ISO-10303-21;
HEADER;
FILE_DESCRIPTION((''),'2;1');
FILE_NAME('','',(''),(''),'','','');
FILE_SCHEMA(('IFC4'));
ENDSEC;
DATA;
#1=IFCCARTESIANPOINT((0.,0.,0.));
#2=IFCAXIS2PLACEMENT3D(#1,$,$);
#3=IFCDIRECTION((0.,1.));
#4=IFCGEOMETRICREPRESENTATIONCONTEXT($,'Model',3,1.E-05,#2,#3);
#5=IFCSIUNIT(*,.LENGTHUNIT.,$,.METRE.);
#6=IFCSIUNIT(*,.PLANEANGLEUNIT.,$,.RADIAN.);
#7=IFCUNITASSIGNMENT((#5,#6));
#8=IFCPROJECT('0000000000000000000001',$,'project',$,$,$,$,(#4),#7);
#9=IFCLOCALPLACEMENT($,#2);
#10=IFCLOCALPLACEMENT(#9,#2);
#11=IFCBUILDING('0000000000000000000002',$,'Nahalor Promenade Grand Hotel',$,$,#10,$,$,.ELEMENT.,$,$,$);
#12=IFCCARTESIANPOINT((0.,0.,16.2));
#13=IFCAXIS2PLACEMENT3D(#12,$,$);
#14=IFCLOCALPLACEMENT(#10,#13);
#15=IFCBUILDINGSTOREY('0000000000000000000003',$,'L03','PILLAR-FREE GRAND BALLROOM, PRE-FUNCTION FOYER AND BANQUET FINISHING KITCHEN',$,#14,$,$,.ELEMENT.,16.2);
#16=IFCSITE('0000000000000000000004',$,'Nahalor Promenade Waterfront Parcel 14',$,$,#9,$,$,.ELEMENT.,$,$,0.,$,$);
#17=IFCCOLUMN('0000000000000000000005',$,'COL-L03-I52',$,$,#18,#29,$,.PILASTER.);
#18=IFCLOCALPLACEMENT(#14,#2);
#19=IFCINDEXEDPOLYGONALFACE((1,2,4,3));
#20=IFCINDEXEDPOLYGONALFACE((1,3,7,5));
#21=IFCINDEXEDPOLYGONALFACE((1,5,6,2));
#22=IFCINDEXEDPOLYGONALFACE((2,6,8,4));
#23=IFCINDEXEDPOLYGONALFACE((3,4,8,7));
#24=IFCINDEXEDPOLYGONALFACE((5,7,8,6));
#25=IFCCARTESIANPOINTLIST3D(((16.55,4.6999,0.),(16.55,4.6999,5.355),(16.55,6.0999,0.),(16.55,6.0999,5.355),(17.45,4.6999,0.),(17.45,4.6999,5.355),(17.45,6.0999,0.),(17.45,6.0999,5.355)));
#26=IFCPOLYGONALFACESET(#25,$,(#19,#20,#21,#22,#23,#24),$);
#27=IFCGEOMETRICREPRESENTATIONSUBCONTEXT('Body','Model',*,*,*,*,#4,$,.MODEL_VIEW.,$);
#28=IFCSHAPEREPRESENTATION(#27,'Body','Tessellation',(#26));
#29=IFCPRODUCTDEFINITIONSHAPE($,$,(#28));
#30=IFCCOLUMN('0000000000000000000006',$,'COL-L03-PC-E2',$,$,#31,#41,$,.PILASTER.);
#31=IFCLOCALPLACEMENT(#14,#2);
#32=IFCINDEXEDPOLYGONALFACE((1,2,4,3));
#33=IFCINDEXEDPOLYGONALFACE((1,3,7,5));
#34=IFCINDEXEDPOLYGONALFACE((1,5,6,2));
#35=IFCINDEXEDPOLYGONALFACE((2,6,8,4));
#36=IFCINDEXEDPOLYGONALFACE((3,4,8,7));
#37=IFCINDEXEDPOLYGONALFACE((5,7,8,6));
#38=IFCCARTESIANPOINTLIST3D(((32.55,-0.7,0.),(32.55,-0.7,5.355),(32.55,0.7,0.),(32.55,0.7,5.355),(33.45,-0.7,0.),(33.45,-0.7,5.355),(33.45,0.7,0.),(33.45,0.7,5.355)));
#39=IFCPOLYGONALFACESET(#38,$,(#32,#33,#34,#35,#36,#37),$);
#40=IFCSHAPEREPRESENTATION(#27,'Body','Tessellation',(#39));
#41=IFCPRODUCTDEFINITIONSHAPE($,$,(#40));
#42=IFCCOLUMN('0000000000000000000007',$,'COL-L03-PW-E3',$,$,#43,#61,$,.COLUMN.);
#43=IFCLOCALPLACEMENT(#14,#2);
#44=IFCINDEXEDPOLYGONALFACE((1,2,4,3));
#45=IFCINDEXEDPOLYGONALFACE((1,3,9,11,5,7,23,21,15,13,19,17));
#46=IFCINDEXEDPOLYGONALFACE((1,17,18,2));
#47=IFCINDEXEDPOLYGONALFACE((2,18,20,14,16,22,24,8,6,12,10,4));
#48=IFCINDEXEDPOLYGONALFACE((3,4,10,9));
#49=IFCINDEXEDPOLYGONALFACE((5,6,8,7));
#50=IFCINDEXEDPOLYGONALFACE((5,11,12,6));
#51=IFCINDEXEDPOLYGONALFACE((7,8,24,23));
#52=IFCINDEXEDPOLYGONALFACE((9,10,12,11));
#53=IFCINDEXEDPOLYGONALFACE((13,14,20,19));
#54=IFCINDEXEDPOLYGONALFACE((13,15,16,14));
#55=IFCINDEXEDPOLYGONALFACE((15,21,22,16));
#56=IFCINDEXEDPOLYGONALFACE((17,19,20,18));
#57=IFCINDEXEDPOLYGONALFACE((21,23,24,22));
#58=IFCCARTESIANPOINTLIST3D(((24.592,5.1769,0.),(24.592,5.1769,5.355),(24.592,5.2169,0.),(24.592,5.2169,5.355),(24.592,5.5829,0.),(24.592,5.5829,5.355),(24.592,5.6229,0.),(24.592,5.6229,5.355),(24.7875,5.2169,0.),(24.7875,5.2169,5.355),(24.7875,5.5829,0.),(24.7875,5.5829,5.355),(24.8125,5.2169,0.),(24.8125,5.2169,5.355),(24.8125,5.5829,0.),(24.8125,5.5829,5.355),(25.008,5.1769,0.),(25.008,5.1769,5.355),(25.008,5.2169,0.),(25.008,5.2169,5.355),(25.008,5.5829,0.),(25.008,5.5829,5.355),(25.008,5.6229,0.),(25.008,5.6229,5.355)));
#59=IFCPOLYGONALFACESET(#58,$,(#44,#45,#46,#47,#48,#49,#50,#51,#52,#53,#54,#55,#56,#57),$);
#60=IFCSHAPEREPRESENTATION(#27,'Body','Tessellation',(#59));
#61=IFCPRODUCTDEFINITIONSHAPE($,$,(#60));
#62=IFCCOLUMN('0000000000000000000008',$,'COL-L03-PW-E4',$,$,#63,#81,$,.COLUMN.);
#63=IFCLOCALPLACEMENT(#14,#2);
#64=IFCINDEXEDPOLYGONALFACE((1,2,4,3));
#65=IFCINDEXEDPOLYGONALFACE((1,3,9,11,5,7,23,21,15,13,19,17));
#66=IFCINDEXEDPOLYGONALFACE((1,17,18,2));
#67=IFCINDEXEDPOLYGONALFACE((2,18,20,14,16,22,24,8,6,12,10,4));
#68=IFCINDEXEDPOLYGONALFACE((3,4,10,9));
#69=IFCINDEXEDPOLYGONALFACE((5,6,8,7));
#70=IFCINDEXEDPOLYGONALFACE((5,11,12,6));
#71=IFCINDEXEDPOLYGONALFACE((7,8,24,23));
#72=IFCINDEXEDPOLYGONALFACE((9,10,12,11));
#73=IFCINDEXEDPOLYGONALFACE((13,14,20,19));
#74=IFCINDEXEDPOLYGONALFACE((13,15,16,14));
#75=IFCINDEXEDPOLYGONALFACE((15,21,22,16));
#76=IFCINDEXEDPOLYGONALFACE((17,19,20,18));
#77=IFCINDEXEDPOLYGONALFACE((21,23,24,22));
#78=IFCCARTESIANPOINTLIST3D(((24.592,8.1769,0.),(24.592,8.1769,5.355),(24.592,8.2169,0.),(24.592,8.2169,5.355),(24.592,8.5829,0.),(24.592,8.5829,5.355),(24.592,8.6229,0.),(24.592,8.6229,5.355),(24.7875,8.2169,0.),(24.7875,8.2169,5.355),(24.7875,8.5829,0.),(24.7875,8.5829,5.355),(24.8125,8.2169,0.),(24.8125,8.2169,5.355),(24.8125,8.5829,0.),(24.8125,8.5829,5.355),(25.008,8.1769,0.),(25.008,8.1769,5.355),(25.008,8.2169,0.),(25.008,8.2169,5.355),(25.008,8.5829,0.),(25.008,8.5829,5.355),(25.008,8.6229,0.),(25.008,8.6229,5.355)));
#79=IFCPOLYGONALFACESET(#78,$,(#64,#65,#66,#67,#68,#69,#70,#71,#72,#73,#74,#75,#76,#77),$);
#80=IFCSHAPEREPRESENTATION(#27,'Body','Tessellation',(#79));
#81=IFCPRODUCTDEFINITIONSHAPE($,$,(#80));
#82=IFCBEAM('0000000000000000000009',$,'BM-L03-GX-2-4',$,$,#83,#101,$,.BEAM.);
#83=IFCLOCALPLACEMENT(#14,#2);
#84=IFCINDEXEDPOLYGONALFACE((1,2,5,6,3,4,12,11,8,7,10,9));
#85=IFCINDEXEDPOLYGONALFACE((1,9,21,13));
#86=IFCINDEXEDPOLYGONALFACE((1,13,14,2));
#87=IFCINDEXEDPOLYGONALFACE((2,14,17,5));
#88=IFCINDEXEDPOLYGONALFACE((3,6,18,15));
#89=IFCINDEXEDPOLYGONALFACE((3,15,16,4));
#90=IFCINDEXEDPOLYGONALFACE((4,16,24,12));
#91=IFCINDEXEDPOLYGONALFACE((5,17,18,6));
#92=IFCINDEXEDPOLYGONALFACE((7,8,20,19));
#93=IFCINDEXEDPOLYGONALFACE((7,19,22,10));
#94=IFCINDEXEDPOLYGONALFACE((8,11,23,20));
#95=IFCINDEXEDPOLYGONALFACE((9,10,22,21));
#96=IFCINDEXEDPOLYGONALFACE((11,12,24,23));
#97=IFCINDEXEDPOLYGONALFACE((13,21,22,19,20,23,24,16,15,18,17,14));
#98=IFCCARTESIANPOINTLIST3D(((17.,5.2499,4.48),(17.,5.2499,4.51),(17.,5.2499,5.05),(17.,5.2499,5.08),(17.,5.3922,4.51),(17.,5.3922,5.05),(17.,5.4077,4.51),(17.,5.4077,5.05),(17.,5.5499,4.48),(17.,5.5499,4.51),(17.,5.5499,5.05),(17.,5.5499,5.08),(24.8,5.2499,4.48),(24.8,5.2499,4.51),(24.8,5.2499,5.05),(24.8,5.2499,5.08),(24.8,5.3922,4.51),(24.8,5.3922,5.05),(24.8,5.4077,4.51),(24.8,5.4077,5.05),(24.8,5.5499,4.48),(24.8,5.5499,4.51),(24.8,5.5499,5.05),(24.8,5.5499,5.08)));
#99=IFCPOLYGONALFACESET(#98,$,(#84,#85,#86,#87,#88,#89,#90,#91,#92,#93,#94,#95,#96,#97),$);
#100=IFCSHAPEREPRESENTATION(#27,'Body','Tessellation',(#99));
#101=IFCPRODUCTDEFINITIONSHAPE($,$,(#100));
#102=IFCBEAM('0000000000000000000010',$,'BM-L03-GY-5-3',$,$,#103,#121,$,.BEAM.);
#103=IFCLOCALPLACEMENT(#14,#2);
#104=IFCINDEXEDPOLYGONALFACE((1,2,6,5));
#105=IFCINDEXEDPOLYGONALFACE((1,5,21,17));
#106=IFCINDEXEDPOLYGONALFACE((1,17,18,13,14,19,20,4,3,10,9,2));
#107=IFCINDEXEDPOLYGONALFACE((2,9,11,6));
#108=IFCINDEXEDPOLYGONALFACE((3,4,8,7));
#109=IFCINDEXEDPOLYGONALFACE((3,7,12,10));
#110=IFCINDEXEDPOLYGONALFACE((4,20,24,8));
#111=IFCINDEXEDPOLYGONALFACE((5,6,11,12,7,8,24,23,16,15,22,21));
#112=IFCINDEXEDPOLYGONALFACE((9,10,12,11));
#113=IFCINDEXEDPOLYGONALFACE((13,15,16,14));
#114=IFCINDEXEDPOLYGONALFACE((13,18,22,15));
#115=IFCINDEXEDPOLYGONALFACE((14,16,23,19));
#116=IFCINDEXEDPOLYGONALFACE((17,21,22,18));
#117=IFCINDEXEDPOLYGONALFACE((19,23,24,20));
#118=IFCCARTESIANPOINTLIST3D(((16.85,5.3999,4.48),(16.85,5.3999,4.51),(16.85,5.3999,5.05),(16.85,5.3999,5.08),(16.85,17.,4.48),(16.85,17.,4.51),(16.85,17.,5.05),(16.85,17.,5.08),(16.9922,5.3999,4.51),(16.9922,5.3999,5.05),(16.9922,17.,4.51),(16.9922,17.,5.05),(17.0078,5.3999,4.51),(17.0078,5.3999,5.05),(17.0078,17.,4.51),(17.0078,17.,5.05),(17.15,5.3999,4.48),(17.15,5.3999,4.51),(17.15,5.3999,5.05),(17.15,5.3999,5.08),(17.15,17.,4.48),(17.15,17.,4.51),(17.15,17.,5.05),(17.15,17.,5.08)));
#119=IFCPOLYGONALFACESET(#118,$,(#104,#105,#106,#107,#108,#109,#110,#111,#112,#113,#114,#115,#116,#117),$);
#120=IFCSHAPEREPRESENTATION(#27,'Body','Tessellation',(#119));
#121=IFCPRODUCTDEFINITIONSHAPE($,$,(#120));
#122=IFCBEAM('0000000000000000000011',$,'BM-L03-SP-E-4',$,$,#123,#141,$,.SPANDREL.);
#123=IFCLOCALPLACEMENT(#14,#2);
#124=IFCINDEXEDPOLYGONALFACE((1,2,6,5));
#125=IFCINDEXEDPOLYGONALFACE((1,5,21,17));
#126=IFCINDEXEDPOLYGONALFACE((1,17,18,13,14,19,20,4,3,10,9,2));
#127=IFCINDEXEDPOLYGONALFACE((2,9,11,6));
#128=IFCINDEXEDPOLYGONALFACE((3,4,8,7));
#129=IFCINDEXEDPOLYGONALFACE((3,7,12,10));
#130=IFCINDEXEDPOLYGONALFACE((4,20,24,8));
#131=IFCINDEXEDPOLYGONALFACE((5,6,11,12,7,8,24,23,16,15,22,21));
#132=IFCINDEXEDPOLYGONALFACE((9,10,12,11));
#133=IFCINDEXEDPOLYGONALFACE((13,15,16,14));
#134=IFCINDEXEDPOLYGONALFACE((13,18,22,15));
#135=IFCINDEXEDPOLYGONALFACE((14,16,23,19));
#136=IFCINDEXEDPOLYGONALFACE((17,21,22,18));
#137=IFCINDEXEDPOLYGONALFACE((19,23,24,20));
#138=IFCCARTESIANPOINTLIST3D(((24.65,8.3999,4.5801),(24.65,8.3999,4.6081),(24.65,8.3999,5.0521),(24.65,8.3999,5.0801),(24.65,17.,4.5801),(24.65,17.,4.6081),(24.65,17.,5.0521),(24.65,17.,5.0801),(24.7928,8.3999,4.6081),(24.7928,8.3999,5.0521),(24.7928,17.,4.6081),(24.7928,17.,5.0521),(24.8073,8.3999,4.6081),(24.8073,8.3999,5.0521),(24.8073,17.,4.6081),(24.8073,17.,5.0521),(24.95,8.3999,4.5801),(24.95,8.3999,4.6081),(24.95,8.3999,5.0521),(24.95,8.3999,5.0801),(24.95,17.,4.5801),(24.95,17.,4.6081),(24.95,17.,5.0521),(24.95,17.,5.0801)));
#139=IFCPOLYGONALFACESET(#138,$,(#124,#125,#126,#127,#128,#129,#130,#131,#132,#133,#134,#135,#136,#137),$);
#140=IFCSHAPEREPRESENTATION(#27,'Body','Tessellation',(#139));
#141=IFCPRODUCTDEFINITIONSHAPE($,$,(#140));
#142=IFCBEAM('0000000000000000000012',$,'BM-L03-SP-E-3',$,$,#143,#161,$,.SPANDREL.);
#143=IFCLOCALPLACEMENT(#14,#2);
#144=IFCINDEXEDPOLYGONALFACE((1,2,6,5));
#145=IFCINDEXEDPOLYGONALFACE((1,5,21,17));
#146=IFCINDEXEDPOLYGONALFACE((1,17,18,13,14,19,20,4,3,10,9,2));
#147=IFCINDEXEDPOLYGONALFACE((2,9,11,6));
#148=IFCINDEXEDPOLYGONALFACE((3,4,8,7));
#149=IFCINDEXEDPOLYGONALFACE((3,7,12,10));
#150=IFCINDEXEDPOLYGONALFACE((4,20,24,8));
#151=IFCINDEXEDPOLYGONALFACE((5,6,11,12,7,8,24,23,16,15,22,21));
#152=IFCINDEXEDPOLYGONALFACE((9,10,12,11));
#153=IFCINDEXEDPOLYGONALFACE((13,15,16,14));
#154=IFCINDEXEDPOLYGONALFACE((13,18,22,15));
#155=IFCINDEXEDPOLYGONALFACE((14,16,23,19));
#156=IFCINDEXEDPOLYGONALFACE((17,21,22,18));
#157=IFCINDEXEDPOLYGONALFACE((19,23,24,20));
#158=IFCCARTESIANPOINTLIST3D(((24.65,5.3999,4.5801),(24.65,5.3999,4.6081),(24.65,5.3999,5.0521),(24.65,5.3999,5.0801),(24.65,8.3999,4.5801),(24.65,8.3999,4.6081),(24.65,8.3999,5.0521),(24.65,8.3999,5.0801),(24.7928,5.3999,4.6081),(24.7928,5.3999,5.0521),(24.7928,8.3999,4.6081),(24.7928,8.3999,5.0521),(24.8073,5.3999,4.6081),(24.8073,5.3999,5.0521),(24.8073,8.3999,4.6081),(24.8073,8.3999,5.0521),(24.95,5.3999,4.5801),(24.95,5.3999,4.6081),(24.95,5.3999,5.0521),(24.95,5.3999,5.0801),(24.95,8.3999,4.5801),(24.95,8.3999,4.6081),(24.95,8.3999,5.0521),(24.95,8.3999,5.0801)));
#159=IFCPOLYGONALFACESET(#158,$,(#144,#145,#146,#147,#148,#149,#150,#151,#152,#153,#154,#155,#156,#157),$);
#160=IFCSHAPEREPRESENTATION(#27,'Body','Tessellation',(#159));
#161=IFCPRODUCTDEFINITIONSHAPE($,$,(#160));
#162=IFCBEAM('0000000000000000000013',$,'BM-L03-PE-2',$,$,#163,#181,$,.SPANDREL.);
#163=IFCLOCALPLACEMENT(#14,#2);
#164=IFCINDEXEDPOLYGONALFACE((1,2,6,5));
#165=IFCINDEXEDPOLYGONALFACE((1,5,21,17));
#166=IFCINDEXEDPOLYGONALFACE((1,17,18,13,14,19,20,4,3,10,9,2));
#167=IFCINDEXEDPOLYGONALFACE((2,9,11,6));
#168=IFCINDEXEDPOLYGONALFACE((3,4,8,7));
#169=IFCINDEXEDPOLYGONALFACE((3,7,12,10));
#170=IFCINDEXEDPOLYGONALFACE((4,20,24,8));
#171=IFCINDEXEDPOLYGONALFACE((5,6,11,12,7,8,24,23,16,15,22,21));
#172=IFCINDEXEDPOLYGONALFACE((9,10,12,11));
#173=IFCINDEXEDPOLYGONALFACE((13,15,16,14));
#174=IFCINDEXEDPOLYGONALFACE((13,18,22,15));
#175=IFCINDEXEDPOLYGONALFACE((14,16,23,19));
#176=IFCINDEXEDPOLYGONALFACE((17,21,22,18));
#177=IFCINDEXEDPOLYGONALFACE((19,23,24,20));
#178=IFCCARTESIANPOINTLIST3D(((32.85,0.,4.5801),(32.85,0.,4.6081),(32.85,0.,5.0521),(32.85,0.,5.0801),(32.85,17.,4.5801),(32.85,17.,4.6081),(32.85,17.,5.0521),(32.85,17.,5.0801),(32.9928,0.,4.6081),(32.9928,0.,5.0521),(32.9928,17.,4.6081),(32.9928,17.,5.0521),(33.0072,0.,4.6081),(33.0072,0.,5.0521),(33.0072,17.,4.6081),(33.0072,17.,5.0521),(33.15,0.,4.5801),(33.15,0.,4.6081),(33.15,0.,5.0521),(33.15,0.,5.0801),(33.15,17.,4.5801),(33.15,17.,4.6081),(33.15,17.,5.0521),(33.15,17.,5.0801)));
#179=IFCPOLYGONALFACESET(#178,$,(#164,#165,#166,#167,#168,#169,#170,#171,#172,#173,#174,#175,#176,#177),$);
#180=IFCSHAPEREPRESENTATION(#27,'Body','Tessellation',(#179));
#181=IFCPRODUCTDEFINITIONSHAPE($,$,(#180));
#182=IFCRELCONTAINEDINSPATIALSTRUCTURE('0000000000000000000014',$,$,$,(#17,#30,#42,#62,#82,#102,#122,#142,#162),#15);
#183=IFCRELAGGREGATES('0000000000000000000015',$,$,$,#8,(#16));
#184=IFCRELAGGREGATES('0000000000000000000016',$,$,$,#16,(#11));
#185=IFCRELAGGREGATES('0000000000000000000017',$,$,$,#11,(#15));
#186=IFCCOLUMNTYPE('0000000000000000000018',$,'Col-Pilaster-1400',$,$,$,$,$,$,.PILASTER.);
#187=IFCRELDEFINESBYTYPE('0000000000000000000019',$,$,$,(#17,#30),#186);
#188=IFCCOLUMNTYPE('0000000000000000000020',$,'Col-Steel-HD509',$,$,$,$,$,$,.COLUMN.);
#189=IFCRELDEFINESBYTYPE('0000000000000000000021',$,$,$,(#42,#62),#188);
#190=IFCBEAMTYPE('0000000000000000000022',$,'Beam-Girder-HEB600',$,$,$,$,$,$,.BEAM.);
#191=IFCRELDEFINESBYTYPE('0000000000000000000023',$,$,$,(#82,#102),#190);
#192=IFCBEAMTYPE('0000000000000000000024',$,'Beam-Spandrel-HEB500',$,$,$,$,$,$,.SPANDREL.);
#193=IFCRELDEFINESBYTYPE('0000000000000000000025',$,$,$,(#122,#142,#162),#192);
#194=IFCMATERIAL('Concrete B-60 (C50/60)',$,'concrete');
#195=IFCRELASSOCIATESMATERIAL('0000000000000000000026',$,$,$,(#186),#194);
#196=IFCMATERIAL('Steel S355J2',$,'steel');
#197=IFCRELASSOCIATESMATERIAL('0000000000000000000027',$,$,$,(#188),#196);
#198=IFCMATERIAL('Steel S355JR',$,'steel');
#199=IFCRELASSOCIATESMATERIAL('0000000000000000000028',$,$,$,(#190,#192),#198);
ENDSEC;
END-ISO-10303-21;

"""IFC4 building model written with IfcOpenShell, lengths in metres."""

from ifc_helpers import new_model, si_unit, direction, frame, origin, origin_2d, place, context, subcontext, project, spatial, rectangle, i_section, extrude, source, transform, mapped, material, material_profile, profile_set, type_object, element, save


model = new_model("IFC4")

# Units and contexts
model_context = context("Model", 3, precision=1e-05, world=origin(), true_north=direction((0.0, 1.0)))
body_context = subcontext(model_context, "Body", "Model", "MODEL_VIEW")
ifc_project = project(units=[si_unit("LENGTHUNIT", "METRE"), si_unit("PLANEANGLEUNIT", "RADIAN")], contexts=[model_context])

# Site, building, storey
site_placement = place(None, origin())
site = spatial("IfcSite", under=ifc_project, at=site_placement, Name="Nahalor Promenade Waterfront Parcel 14", CompositionType="ELEMENT", RefElevation=0.0)
building_placement = place(site_placement, origin())
building = spatial("IfcBuilding", under=site, at=building_placement, Name="Nahalor Promenade Grand Hotel", CompositionType="ELEMENT")
storey_placement = place(building_placement, frame((0.0, 0.0, 16.2)))
storey = spatial("IfcBuildingStorey", under=building, at=storey_placement, Name="L03", Description="PILLAR-FREE GRAND BALLROOM, PRE-FUNCTION FOYER AND BANQUET FINISHING KITCHEN", CompositionType="ELEMENT", Elevation=16.2)

# Columns
ifc_material_1 = material(Name="Concrete B-60 (C50/60)", Category="concrete")
ifc_material_profile_1 = material_profile(ifc_material_1, rectangle(XDim=0.9, YDim=1.4, at=origin_2d()), Name="RC 900x1400")
ifc_profile_set_1 = profile_set([ifc_material_profile_1], Name="Concrete B-60 (C50/60)")
column_type_1 = type_object("IfcColumnType", Name="Col-Pilaster-1400", PredefinedType="PILASTER", material=ifc_profile_set_1)
shared_shape_1 = source(origin(), body_context, "Body", "SweptSolid", [
    extrude(rectangle(XDim=0.9, YDim=1.4, at=origin_2d()), origin(), (0.0, 0.0, 1.0), 5.355),
])
for number, where, z_axis, x_axis, name in (
    (1, (17.0, 5.3999, 0.0), (0.0, 0.0, 1.0), (1.0, 0.0, 0.0), "COL-L03-I52"),
    (2, (33.0, 0.0, 0.0), (0.0, 0.0, 1.0), (1.0, 0.0, 0.0), "COL-L03-PC-E2"),
):
    element("IfcColumn", number, at=place(storey_placement, frame(where, z_axis=z_axis, x_axis=x_axis)), inside=storey, type_object=column_type_1, Name=name, PredefinedType="PILASTER", context=body_context, shape_type="MappedRepresentation", body=[
        mapped(shared_shape_1, transform((0.0, 0.0, 0.0), scale=1.0)),
    ])
ifc_material_2 = material(Name="Steel S355J2", Category="steel")
ifc_material_profile_2 = material_profile(ifc_material_2, i_section(OverallWidth=0.416, OverallDepth=0.446, WebThickness=0.025, FlangeThickness=0.04, at=origin_2d()), Name="HD 400x509")
ifc_profile_set_2 = profile_set([ifc_material_profile_2], Name="Steel S355J2")
column_type_2 = type_object("IfcColumnType", Name="Col-Steel-HD509", PredefinedType="COLUMN", material=ifc_profile_set_2)
shared_shape_2 = source(origin(), body_context, "Body", "SweptSolid", [
    extrude(i_section(OverallWidth=0.416, OverallDepth=0.446, WebThickness=0.025, FlangeThickness=0.04, at=origin_2d()), origin(), (0.0, 0.0, 1.0), 5.355),
])
for number, where, z_axis, x_axis, name in (
    (3, (24.8, 5.3999, 0.0), (0.0, 0.0, 1.0), (1.0, 0.0, 0.0), "COL-L03-PW-E3"),
    (4, (24.8, 8.3999, 0.0), (0.0, 0.0, 1.0), (1.0, 0.0, 0.0), "COL-L03-PW-E4"),
):
    element("IfcColumn", number, at=place(storey_placement, frame(where, z_axis=z_axis, x_axis=x_axis)), inside=storey, type_object=column_type_2, Name=name, PredefinedType="COLUMN", context=body_context, shape_type="MappedRepresentation", body=[
        mapped(shared_shape_2, transform((0.0, 0.0, 0.0), scale=1.0)),
    ])

# Beams
ifc_material_3 = material(Name="Steel S355JR", Category="steel")
ifc_material_profile_3 = material_profile(ifc_material_3, i_section(OverallWidth=0.3, OverallDepth=0.6, WebThickness=0.0155, FlangeThickness=0.03, at=origin_2d()), Name="HEB 600")
ifc_profile_set_3 = profile_set([ifc_material_profile_3], Name="Steel S355JR")
beam_type_1 = type_object("IfcBeamType", Name="Beam-Girder-HEB600", PredefinedType="BEAM", material=ifc_profile_set_3)
shared_shape_3 = source(origin(), body_context, "Body", "SweptSolid", [
    extrude(i_section(OverallWidth=0.3, OverallDepth=0.6, WebThickness=0.0155, FlangeThickness=0.03, at=origin_2d()), origin(), (0.0, 0.0, 1.0), 7.8),
])
beam_1_placement = place(storey_placement, frame((17.0, 5.3999, 4.78), z_axis=(1.0, 0.0, 0.0), x_axis=(0.0, 1.0, 0.0)))
element("IfcBeam", 5, at=beam_1_placement, inside=storey, type_object=beam_type_1, Name="BM-L03-GX-2-4", PredefinedType="BEAM", context=body_context, shape_type="MappedRepresentation", body=[
    mapped(shared_shape_3, transform((0.0, 0.0, 0.0), scale=1.0)),
])
shared_shape_4 = source(origin(), body_context, "Body", "SweptSolid", [
    extrude(i_section(OverallWidth=0.3, OverallDepth=0.6, WebThickness=0.0155, FlangeThickness=0.03, at=origin_2d()), origin(), (0.0, 0.0, 1.0), 11.6001),
])
beam_2_placement = place(storey_placement, frame((17.0, 5.3999, 4.78), z_axis=(0.0, 1.0, 0.0), x_axis=(-1.0, 0.0, 0.0)))
element("IfcBeam", 6, at=beam_2_placement, inside=storey, type_object=beam_type_1, Name="BM-L03-GY-5-3", PredefinedType="BEAM", context=body_context, shape_type="MappedRepresentation", body=[
    mapped(shared_shape_4, transform((0.0, 0.0, 0.0), scale=1.0)),
])
ifc_material_profile_4 = material_profile(ifc_material_3, i_section(OverallWidth=0.3, OverallDepth=0.5, WebThickness=0.0145, FlangeThickness=0.028, at=origin_2d()), Name="HEB 500")
ifc_profile_set_4 = profile_set([ifc_material_profile_4], Name="Steel S355JR")
beam_type_2 = type_object("IfcBeamType", Name="Beam-Spandrel-HEB500", PredefinedType="SPANDREL", material=ifc_profile_set_4)
shared_shape_5 = source(origin(), body_context, "Body", "SweptSolid", [
    extrude(i_section(OverallWidth=0.3, OverallDepth=0.5, WebThickness=0.0145, FlangeThickness=0.028, at=origin_2d()), origin(), (0.0, 0.0, 1.0), 8.6001),
])
beam_3_placement = place(storey_placement, frame((24.8, 8.3999, 4.8301), z_axis=(0.0, 1.0, 0.0), x_axis=(-1.0, 0.0, 0.0)))
element("IfcBeam", 7, at=beam_3_placement, inside=storey, type_object=beam_type_2, Name="BM-L03-SP-E-4", PredefinedType="SPANDREL", context=body_context, shape_type="MappedRepresentation", body=[
    mapped(shared_shape_5, transform((0.0, 0.0, 0.0), scale=1.0)),
])
shared_shape_6 = source(origin(), body_context, "Body", "SweptSolid", [
    extrude(i_section(OverallWidth=0.3, OverallDepth=0.5, WebThickness=0.0145, FlangeThickness=0.028, at=origin_2d()), origin(), (0.0, 0.0, 1.0), 3.0),
])
beam_4_placement = place(storey_placement, frame((24.8, 5.3999, 4.8301), z_axis=(0.0, 1.0, 0.0), x_axis=(-1.0, 0.0, 0.0)))
element("IfcBeam", 8, at=beam_4_placement, inside=storey, type_object=beam_type_2, Name="BM-L03-SP-E-3", PredefinedType="SPANDREL", context=body_context, shape_type="MappedRepresentation", body=[
    mapped(shared_shape_6, transform((0.0, 0.0, 0.0), scale=1.0)),
])
shared_shape_7 = source(origin(), body_context, "Body", "SweptSolid", [
    extrude(i_section(OverallWidth=0.3, OverallDepth=0.5, WebThickness=0.0145, FlangeThickness=0.028, at=origin_2d()), origin(), (0.0, 0.0, 1.0), 17.0),
])
beam_5_placement = place(storey_placement, frame((33.0, 0.0, 4.8301), z_axis=(0.0, 1.0, 0.0), x_axis=(-1.0, 0.0, 0.0)))
element("IfcBeam", 9, at=beam_5_placement, inside=storey, type_object=beam_type_2, Name="BM-L03-PE-2", PredefinedType="SPANDREL", context=body_context, shape_type="MappedRepresentation", body=[
    mapped(shared_shape_7, transform((0.0, 0.0, 0.0), scale=1.0)),
])

save(model, "model.ifc")
